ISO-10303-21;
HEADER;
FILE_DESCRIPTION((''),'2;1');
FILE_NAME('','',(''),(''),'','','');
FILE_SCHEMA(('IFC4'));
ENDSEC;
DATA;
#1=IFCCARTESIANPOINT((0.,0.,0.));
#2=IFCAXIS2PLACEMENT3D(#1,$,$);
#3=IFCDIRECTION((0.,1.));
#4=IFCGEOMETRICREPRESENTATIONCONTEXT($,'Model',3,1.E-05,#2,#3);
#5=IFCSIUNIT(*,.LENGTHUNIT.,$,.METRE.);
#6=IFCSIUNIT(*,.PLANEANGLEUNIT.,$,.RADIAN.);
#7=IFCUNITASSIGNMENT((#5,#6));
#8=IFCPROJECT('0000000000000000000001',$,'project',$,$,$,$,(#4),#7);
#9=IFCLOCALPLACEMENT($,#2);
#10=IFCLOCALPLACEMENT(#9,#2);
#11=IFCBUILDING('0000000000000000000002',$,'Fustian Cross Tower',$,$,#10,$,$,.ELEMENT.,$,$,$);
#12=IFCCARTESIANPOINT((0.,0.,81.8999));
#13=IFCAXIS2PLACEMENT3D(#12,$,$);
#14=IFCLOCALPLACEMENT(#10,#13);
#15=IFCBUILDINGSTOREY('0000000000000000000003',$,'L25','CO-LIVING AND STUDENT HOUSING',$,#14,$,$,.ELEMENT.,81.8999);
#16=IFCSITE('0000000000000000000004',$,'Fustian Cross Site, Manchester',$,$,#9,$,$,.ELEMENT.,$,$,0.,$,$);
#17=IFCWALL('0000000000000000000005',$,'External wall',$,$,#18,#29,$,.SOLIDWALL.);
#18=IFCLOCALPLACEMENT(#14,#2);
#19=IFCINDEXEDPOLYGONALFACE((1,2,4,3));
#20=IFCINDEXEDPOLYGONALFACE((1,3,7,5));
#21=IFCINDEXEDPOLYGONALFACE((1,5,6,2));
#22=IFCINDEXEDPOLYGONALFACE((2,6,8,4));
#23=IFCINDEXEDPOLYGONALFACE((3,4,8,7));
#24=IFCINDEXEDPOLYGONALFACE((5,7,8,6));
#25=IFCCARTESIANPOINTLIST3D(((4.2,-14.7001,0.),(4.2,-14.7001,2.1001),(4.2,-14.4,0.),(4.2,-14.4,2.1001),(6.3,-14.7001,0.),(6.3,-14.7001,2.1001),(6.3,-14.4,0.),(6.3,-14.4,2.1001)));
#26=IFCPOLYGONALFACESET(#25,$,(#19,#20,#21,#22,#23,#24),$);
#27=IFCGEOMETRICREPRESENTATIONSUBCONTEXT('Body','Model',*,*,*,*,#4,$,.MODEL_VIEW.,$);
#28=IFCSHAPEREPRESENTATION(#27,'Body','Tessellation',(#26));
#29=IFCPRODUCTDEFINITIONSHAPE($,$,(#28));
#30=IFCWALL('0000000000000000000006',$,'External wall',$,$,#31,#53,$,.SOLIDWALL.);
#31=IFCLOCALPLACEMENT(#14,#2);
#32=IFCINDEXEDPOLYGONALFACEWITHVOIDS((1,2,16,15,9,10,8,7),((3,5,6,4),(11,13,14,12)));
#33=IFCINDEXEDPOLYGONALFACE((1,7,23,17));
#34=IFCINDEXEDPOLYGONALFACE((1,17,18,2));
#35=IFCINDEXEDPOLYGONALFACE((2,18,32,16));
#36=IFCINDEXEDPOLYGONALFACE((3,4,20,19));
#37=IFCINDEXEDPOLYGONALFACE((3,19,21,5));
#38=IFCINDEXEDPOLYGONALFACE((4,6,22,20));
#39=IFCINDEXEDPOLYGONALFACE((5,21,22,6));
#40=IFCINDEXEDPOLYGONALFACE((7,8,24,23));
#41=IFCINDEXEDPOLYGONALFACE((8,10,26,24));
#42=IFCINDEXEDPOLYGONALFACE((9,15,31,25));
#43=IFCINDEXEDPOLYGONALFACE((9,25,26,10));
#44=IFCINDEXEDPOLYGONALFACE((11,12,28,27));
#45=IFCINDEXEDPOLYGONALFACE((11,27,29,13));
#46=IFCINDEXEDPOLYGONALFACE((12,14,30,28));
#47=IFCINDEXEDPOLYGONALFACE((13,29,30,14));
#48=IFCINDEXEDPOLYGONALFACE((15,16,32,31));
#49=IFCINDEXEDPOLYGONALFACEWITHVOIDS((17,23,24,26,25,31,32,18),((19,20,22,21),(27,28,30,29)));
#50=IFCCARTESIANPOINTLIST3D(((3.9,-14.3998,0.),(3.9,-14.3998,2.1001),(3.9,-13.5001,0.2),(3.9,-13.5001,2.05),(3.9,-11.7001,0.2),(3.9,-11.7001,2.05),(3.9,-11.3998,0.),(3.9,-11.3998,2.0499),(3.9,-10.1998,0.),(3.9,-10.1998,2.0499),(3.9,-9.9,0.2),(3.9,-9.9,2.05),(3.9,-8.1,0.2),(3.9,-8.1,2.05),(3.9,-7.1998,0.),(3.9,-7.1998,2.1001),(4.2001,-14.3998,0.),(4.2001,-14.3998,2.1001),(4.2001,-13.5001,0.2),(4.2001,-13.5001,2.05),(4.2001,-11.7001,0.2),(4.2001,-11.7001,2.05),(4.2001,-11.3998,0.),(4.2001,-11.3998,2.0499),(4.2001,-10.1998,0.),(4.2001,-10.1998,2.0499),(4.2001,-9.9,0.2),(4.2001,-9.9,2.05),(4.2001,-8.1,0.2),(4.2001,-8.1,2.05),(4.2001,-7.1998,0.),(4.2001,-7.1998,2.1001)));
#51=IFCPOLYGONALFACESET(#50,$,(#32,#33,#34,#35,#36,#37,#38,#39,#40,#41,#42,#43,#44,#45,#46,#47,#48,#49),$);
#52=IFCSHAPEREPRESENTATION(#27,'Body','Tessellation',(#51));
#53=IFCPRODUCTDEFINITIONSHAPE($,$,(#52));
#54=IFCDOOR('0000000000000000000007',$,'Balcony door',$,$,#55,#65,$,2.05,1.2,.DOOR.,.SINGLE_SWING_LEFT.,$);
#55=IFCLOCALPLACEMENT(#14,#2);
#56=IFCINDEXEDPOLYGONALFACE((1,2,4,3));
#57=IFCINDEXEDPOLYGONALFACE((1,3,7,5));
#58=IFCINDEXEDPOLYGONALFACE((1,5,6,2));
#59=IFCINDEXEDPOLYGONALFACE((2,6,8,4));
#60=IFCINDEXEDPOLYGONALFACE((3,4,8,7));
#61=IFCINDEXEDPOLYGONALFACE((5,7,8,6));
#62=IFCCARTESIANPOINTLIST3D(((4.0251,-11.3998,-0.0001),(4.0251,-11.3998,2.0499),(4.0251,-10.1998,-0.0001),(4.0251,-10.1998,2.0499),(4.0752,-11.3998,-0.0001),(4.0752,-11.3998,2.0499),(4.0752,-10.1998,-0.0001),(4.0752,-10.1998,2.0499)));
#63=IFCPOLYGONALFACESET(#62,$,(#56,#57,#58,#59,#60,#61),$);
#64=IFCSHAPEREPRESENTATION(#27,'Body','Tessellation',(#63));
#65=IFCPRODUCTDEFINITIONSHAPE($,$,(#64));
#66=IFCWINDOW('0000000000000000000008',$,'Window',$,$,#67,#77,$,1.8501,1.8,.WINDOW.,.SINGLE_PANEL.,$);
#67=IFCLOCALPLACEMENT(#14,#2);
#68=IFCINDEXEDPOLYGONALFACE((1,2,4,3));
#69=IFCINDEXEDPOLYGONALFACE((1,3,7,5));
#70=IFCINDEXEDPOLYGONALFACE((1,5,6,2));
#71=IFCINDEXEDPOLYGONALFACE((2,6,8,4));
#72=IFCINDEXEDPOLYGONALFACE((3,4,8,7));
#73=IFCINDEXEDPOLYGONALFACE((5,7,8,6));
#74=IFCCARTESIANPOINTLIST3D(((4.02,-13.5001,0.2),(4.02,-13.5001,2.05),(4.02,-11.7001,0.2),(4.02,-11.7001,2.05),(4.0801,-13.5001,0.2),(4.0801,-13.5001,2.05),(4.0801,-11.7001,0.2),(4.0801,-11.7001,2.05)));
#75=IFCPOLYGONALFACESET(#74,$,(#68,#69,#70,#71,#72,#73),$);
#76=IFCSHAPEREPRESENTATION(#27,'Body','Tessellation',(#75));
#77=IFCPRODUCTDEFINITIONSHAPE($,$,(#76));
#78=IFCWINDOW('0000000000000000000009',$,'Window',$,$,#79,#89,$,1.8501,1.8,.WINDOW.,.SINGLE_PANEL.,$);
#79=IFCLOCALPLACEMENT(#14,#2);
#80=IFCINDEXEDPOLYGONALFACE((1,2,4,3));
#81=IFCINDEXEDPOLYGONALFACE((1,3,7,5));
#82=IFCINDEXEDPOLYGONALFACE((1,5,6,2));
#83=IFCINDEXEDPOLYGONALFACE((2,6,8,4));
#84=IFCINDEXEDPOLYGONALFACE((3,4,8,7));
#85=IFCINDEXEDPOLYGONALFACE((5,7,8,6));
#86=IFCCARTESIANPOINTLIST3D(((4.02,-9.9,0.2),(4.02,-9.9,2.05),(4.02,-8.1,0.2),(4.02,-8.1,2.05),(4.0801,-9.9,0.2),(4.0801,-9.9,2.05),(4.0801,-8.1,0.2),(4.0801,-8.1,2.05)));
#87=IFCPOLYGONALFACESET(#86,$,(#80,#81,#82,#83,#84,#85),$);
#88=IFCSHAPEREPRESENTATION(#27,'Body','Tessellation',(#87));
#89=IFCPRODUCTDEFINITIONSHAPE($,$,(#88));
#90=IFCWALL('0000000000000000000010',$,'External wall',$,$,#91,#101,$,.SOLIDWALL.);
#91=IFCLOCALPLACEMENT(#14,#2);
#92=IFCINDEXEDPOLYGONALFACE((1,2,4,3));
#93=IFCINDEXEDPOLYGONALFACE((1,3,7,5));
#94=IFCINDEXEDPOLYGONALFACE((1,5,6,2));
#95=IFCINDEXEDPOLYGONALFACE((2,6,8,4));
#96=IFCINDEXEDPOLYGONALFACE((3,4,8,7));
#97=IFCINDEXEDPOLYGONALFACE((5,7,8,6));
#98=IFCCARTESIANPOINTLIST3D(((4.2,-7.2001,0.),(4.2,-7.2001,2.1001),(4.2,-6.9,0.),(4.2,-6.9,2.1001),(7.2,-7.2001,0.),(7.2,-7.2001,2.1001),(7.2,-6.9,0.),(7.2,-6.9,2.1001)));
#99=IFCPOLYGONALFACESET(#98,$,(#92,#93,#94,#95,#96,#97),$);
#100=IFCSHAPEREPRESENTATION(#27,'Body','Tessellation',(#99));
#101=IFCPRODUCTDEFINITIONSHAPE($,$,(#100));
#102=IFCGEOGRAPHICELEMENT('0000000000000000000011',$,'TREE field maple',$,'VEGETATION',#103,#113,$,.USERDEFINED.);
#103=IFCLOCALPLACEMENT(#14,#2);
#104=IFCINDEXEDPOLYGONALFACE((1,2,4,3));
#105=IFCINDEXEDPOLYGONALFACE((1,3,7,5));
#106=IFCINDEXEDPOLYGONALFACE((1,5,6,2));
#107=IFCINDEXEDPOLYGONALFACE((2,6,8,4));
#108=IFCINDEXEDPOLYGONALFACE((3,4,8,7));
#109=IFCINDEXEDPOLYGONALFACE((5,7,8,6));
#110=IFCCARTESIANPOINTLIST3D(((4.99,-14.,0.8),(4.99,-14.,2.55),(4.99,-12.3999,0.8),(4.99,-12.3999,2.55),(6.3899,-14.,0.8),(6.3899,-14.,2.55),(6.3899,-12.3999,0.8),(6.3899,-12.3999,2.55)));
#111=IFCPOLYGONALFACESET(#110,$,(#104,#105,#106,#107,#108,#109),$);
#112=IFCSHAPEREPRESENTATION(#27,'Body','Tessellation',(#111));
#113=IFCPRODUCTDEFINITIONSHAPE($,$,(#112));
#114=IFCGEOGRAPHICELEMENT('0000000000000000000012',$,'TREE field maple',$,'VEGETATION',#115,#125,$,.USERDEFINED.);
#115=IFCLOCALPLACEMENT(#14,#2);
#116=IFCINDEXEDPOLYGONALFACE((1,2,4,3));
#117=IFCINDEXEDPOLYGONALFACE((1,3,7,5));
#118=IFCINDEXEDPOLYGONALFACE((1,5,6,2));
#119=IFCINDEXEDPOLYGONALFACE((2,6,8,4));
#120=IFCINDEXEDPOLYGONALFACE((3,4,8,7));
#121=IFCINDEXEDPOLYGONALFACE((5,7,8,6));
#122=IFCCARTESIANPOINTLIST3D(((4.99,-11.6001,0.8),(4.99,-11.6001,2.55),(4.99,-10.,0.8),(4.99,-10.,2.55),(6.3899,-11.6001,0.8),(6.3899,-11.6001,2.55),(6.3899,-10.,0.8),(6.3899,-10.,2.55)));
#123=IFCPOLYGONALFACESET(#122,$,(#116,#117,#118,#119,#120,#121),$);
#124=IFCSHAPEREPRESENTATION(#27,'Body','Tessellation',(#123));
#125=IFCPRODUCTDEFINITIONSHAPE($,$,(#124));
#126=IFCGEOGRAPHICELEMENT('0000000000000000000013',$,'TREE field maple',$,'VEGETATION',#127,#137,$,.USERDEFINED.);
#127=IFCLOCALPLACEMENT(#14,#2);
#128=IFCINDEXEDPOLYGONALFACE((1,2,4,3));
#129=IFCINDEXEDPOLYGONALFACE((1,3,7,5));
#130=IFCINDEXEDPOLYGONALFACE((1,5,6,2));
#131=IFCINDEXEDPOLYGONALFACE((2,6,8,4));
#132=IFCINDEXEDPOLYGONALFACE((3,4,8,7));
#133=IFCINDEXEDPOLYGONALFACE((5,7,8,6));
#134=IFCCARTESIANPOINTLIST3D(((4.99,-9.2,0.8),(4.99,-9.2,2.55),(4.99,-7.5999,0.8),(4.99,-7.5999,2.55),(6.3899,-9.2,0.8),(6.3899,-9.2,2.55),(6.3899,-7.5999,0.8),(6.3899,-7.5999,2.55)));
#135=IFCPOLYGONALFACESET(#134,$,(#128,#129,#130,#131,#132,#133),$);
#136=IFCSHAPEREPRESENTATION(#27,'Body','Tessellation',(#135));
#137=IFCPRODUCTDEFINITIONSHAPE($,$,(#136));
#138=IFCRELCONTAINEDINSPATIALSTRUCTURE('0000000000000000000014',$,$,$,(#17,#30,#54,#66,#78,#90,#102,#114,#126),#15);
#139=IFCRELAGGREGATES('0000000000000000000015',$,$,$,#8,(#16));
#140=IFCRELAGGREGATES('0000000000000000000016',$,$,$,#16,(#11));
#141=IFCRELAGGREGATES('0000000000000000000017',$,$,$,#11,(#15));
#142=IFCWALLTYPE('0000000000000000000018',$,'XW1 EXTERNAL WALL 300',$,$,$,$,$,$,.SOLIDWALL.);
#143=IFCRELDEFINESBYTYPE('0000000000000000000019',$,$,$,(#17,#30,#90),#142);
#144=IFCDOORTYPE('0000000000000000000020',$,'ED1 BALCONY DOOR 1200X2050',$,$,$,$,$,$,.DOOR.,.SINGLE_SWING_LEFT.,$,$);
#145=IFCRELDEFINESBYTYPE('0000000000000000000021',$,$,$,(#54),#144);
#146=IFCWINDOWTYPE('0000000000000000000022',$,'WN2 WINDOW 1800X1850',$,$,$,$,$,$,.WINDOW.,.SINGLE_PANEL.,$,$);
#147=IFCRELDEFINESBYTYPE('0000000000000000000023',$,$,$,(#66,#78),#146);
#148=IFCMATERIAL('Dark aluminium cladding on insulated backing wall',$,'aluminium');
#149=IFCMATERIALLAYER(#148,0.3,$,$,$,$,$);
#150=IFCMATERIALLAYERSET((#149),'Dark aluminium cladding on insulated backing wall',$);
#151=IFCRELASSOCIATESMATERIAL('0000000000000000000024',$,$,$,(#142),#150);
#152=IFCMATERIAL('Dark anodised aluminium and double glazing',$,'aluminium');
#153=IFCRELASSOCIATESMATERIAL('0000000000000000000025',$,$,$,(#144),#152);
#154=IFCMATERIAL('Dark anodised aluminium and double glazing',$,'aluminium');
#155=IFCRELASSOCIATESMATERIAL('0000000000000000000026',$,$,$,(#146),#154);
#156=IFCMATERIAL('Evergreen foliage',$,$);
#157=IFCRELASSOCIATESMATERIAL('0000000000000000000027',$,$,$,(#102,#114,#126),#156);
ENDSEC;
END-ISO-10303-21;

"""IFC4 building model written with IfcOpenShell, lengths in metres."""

from ifc_helpers import new_model, si_unit, direction, frame, frame_2d, origin, origin_2d, place, context, subcontext, project, spatial, rectangle, extrude, material, layer, layer_set, type_object, element, fill, save


model = new_model("IFC4")

# Units and contexts
model_context = context("Model", 3, precision=1e-05, world=origin(), true_north=direction((0.0, 1.0)))
body_context = subcontext(model_context, "Body", "Model", "MODEL_VIEW")
ifc_project = project(units=[si_unit("LENGTHUNIT", "METRE"), si_unit("PLANEANGLEUNIT", "RADIAN")], contexts=[model_context])

# Site, building, storey
site_placement = place(None, origin())
site = spatial("IfcSite", under=ifc_project, at=site_placement, Name="Fustian Cross Site, Manchester", CompositionType="ELEMENT", RefElevation=0.0)
building_placement = place(site_placement, origin())
building = spatial("IfcBuilding", under=site, at=building_placement, Name="Fustian Cross Tower", CompositionType="ELEMENT")
storey_placement = place(building_placement, frame((0.0, 0.0, 81.8999)))
storey = spatial("IfcBuildingStorey", under=building, at=storey_placement, Name="L25", Description="CO-LIVING AND STUDENT HOUSING", CompositionType="ELEMENT", Elevation=81.8999)

# Wall
ifc_material_1 = material(Name="Dark aluminium cladding on insulated backing wall", Category="aluminium")
ifc_layer_1 = layer(ifc_material_1, 0.3)
ifc_layer_set_1 = layer_set([ifc_layer_1], Name="Dark aluminium cladding on insulated backing wall")
wall_type_1 = type_object("IfcWallType", Name="XW1 EXTERNAL WALL 300", PredefinedType="SOLIDWALL", material=ifc_layer_set_1)
wall_1_placement = place(storey_placement, frame((6.3, -14.55, 0.0), z_axis=(0.0, 0.0, 1.0), x_axis=(-1.0, 0.0, 0.0)))
element("IfcWall", 1, at=wall_1_placement, inside=storey, type_object=wall_type_1, Name="External wall", PredefinedType="SOLIDWALL", context=body_context, shape_type="SweptSolid", body=[
    extrude(rectangle(XDim=2.1001, YDim=0.3, at=frame_2d((1.05, 0.0))), origin(), (0.0, 0.0, 1.0), 2.1001),
])

# Wall, openings, door, windows
wall_2_placement = place(storey_placement, frame((4.05, -14.3999, 0.0), z_axis=(0.0, 0.0, 1.0), x_axis=(0.0, 1.0, 0.0)))
wall_2 = element("IfcWall", 2, at=wall_2_placement, inside=storey, type_object=wall_type_1, Name="External wall", PredefinedType="SOLIDWALL", context=body_context, shape_type="SweptSolid", body=[
    extrude(rectangle(XDim=7.2, YDim=0.3, at=frame_2d((3.6001, 0.0))), origin(), (0.0, 0.0, 1.0), 2.1001),
])
opening_1_placement = place(wall_2_placement, frame((3.0, 0.0, 0.0)))
opening_1 = element("IfcOpeningElement", 3, at=opening_1_placement, cuts=wall_2, PredefinedType="OPENING", context=body_context, shape_type="SweptSolid", body=[
    extrude(rectangle(XDim=1.2, YDim=2.05, at=frame_2d((0.6001, 1.0249))), frame((0.0, 0.1599, 0.0), z_axis=(0.0, -1.0, 0.0), x_axis=(1.0, 0.0, 0.0)), (0.0, 0.0, 1.0), 0.3201),
])
opening_2_placement = place(wall_2_placement, frame((0.8999, 0.0, 0.2)))
opening_2 = element("IfcOpeningElement", 4, at=opening_2_placement, cuts=wall_2, PredefinedType="OPENING", context=body_context, shape_type="SweptSolid", body=[
    extrude(rectangle(XDim=1.8, YDim=1.8501, at=frame_2d((0.8999, 0.925))), frame((0.0, 0.1599, 0.0), z_axis=(0.0, -1.0, 0.0), x_axis=(1.0, 0.0, 0.0)), (0.0, 0.0, 1.0), 0.3201),
])
opening_3_placement = place(wall_2_placement, frame((4.5, 0.0, 0.2)))
opening_3 = element("IfcOpeningElement", 5, at=opening_3_placement, cuts=wall_2, PredefinedType="OPENING", context=body_context, shape_type="SweptSolid", body=[
    extrude(rectangle(XDim=1.8, YDim=1.8501, at=frame_2d((0.8999, 0.925))), frame((0.0, 0.1599, 0.0), z_axis=(0.0, -1.0, 0.0), x_axis=(1.0, 0.0, 0.0)), (0.0, 0.0, 1.0), 0.3201),
])
ifc_material_2 = material(Name="Dark anodised aluminium and double glazing", Category="aluminium")
door_type = type_object("IfcDoorType", Name="ED1 BALCONY DOOR 1200X2050", OperationType="SINGLE_SWING_LEFT", PredefinedType="DOOR", material=ifc_material_2)
door_placement = place(opening_1_placement, origin())
door = element("IfcDoor", 6, at=door_placement, inside=storey, type_object=door_type, Name="Balcony door", OperationType="SINGLE_SWING_LEFT", OverallHeight=2.05, OverallWidth=1.2, PredefinedType="DOOR", context=body_context, shape_type="SweptSolid", body=[
    extrude(rectangle(XDim=1.2, YDim=2.05, at=frame_2d((0.6001, 1.0249))), frame((0.0, 0.0249, 0.0), z_axis=(0.0, -1.0, 0.0), x_axis=(1.0, 0.0, 0.0)), (0.0, 0.0, 1.0), 0.05),
])
fill(opening_1, door)
ifc_material_3 = material(Name="Dark anodised aluminium and double glazing", Category="aluminium")
window_type = type_object("IfcWindowType", Name="WN2 WINDOW 1800X1850", PartitioningType="SINGLE_PANEL", PredefinedType="WINDOW", material=ifc_material_3)
window_1_placement = place(opening_2_placement, origin())
window_1 = element("IfcWindow", 7, at=window_1_placement, inside=storey, type_object=window_type, Name="Window", OverallHeight=1.8501, OverallWidth=1.8, PartitioningType="SINGLE_PANEL", PredefinedType="WINDOW", context=body_context, shape_type="SweptSolid", body=[
    extrude(rectangle(XDim=1.8, YDim=1.8501, at=frame_2d((0.8999, 0.925))), frame((0.0, 0.03, 0.0), z_axis=(0.0, -1.0, 0.0), x_axis=(1.0, 0.0, 0.0)), (0.0, 0.0, 1.0), 0.0601),
])
fill(opening_2, window_1)
window_2_placement = place(opening_3_placement, origin())
window_2 = element("IfcWindow", 8, at=window_2_placement, inside=storey, type_object=window_type, Name="Window", OverallHeight=1.8501, OverallWidth=1.8, PartitioningType="SINGLE_PANEL", PredefinedType="WINDOW", context=body_context, shape_type="SweptSolid", body=[
    extrude(rectangle(XDim=1.8, YDim=1.8501, at=frame_2d((0.8999, 0.925))), frame((0.0, 0.03, 0.0), z_axis=(0.0, -1.0, 0.0), x_axis=(1.0, 0.0, 0.0)), (0.0, 0.0, 1.0), 0.0601),
])
fill(opening_3, window_2)

# Wall
wall_3_placement = place(storey_placement, frame((4.2, -7.05, 0.0), z_axis=(0.0, 0.0, 1.0), x_axis=(1.0, 0.0, 0.0)))
element("IfcWall", 9, at=wall_3_placement, inside=storey, type_object=wall_type_1, Name="External wall", PredefinedType="SOLIDWALL", context=body_context, shape_type="SweptSolid", body=[
    extrude(rectangle(XDim=3.0, YDim=0.3, at=frame_2d((1.5, 0.0))), origin(), (0.0, 0.0, 1.0), 2.1001),
])

# Geographic elements
ifc_material_4 = material(Name="Evergreen foliage")
for number, where, z_axis, x_axis, name in (
    (10, (5.6899, -13.2, 0.8), (0.0, 0.0, 1.0), (1.0, 0.0, 0.0), "TREE field maple"),
    (11, (5.6899, -10.8, 0.8), (0.0, 0.0, 1.0), (1.0, 0.0, 0.0), "TREE field maple"),
    (12, (5.6899, -8.3999, 0.8), (0.0, 0.0, 1.0), (1.0, 0.0, 0.0), "TREE field maple"),
):
    element("IfcGeographicElement", number, at=place(storey_placement, frame(where, z_axis=z_axis, x_axis=x_axis)), inside=storey, material=ifc_material_4, Name=name, ObjectType="VEGETATION", PredefinedType="USERDEFINED", context=body_context, shape_type="SweptSolid", body=[
        extrude(rectangle(XDim=1.3999, YDim=1.6001, at=origin_2d()), origin(), (0.0, 0.0, 1.0), 1.75),
    ])

save(model, "model.ifc")
